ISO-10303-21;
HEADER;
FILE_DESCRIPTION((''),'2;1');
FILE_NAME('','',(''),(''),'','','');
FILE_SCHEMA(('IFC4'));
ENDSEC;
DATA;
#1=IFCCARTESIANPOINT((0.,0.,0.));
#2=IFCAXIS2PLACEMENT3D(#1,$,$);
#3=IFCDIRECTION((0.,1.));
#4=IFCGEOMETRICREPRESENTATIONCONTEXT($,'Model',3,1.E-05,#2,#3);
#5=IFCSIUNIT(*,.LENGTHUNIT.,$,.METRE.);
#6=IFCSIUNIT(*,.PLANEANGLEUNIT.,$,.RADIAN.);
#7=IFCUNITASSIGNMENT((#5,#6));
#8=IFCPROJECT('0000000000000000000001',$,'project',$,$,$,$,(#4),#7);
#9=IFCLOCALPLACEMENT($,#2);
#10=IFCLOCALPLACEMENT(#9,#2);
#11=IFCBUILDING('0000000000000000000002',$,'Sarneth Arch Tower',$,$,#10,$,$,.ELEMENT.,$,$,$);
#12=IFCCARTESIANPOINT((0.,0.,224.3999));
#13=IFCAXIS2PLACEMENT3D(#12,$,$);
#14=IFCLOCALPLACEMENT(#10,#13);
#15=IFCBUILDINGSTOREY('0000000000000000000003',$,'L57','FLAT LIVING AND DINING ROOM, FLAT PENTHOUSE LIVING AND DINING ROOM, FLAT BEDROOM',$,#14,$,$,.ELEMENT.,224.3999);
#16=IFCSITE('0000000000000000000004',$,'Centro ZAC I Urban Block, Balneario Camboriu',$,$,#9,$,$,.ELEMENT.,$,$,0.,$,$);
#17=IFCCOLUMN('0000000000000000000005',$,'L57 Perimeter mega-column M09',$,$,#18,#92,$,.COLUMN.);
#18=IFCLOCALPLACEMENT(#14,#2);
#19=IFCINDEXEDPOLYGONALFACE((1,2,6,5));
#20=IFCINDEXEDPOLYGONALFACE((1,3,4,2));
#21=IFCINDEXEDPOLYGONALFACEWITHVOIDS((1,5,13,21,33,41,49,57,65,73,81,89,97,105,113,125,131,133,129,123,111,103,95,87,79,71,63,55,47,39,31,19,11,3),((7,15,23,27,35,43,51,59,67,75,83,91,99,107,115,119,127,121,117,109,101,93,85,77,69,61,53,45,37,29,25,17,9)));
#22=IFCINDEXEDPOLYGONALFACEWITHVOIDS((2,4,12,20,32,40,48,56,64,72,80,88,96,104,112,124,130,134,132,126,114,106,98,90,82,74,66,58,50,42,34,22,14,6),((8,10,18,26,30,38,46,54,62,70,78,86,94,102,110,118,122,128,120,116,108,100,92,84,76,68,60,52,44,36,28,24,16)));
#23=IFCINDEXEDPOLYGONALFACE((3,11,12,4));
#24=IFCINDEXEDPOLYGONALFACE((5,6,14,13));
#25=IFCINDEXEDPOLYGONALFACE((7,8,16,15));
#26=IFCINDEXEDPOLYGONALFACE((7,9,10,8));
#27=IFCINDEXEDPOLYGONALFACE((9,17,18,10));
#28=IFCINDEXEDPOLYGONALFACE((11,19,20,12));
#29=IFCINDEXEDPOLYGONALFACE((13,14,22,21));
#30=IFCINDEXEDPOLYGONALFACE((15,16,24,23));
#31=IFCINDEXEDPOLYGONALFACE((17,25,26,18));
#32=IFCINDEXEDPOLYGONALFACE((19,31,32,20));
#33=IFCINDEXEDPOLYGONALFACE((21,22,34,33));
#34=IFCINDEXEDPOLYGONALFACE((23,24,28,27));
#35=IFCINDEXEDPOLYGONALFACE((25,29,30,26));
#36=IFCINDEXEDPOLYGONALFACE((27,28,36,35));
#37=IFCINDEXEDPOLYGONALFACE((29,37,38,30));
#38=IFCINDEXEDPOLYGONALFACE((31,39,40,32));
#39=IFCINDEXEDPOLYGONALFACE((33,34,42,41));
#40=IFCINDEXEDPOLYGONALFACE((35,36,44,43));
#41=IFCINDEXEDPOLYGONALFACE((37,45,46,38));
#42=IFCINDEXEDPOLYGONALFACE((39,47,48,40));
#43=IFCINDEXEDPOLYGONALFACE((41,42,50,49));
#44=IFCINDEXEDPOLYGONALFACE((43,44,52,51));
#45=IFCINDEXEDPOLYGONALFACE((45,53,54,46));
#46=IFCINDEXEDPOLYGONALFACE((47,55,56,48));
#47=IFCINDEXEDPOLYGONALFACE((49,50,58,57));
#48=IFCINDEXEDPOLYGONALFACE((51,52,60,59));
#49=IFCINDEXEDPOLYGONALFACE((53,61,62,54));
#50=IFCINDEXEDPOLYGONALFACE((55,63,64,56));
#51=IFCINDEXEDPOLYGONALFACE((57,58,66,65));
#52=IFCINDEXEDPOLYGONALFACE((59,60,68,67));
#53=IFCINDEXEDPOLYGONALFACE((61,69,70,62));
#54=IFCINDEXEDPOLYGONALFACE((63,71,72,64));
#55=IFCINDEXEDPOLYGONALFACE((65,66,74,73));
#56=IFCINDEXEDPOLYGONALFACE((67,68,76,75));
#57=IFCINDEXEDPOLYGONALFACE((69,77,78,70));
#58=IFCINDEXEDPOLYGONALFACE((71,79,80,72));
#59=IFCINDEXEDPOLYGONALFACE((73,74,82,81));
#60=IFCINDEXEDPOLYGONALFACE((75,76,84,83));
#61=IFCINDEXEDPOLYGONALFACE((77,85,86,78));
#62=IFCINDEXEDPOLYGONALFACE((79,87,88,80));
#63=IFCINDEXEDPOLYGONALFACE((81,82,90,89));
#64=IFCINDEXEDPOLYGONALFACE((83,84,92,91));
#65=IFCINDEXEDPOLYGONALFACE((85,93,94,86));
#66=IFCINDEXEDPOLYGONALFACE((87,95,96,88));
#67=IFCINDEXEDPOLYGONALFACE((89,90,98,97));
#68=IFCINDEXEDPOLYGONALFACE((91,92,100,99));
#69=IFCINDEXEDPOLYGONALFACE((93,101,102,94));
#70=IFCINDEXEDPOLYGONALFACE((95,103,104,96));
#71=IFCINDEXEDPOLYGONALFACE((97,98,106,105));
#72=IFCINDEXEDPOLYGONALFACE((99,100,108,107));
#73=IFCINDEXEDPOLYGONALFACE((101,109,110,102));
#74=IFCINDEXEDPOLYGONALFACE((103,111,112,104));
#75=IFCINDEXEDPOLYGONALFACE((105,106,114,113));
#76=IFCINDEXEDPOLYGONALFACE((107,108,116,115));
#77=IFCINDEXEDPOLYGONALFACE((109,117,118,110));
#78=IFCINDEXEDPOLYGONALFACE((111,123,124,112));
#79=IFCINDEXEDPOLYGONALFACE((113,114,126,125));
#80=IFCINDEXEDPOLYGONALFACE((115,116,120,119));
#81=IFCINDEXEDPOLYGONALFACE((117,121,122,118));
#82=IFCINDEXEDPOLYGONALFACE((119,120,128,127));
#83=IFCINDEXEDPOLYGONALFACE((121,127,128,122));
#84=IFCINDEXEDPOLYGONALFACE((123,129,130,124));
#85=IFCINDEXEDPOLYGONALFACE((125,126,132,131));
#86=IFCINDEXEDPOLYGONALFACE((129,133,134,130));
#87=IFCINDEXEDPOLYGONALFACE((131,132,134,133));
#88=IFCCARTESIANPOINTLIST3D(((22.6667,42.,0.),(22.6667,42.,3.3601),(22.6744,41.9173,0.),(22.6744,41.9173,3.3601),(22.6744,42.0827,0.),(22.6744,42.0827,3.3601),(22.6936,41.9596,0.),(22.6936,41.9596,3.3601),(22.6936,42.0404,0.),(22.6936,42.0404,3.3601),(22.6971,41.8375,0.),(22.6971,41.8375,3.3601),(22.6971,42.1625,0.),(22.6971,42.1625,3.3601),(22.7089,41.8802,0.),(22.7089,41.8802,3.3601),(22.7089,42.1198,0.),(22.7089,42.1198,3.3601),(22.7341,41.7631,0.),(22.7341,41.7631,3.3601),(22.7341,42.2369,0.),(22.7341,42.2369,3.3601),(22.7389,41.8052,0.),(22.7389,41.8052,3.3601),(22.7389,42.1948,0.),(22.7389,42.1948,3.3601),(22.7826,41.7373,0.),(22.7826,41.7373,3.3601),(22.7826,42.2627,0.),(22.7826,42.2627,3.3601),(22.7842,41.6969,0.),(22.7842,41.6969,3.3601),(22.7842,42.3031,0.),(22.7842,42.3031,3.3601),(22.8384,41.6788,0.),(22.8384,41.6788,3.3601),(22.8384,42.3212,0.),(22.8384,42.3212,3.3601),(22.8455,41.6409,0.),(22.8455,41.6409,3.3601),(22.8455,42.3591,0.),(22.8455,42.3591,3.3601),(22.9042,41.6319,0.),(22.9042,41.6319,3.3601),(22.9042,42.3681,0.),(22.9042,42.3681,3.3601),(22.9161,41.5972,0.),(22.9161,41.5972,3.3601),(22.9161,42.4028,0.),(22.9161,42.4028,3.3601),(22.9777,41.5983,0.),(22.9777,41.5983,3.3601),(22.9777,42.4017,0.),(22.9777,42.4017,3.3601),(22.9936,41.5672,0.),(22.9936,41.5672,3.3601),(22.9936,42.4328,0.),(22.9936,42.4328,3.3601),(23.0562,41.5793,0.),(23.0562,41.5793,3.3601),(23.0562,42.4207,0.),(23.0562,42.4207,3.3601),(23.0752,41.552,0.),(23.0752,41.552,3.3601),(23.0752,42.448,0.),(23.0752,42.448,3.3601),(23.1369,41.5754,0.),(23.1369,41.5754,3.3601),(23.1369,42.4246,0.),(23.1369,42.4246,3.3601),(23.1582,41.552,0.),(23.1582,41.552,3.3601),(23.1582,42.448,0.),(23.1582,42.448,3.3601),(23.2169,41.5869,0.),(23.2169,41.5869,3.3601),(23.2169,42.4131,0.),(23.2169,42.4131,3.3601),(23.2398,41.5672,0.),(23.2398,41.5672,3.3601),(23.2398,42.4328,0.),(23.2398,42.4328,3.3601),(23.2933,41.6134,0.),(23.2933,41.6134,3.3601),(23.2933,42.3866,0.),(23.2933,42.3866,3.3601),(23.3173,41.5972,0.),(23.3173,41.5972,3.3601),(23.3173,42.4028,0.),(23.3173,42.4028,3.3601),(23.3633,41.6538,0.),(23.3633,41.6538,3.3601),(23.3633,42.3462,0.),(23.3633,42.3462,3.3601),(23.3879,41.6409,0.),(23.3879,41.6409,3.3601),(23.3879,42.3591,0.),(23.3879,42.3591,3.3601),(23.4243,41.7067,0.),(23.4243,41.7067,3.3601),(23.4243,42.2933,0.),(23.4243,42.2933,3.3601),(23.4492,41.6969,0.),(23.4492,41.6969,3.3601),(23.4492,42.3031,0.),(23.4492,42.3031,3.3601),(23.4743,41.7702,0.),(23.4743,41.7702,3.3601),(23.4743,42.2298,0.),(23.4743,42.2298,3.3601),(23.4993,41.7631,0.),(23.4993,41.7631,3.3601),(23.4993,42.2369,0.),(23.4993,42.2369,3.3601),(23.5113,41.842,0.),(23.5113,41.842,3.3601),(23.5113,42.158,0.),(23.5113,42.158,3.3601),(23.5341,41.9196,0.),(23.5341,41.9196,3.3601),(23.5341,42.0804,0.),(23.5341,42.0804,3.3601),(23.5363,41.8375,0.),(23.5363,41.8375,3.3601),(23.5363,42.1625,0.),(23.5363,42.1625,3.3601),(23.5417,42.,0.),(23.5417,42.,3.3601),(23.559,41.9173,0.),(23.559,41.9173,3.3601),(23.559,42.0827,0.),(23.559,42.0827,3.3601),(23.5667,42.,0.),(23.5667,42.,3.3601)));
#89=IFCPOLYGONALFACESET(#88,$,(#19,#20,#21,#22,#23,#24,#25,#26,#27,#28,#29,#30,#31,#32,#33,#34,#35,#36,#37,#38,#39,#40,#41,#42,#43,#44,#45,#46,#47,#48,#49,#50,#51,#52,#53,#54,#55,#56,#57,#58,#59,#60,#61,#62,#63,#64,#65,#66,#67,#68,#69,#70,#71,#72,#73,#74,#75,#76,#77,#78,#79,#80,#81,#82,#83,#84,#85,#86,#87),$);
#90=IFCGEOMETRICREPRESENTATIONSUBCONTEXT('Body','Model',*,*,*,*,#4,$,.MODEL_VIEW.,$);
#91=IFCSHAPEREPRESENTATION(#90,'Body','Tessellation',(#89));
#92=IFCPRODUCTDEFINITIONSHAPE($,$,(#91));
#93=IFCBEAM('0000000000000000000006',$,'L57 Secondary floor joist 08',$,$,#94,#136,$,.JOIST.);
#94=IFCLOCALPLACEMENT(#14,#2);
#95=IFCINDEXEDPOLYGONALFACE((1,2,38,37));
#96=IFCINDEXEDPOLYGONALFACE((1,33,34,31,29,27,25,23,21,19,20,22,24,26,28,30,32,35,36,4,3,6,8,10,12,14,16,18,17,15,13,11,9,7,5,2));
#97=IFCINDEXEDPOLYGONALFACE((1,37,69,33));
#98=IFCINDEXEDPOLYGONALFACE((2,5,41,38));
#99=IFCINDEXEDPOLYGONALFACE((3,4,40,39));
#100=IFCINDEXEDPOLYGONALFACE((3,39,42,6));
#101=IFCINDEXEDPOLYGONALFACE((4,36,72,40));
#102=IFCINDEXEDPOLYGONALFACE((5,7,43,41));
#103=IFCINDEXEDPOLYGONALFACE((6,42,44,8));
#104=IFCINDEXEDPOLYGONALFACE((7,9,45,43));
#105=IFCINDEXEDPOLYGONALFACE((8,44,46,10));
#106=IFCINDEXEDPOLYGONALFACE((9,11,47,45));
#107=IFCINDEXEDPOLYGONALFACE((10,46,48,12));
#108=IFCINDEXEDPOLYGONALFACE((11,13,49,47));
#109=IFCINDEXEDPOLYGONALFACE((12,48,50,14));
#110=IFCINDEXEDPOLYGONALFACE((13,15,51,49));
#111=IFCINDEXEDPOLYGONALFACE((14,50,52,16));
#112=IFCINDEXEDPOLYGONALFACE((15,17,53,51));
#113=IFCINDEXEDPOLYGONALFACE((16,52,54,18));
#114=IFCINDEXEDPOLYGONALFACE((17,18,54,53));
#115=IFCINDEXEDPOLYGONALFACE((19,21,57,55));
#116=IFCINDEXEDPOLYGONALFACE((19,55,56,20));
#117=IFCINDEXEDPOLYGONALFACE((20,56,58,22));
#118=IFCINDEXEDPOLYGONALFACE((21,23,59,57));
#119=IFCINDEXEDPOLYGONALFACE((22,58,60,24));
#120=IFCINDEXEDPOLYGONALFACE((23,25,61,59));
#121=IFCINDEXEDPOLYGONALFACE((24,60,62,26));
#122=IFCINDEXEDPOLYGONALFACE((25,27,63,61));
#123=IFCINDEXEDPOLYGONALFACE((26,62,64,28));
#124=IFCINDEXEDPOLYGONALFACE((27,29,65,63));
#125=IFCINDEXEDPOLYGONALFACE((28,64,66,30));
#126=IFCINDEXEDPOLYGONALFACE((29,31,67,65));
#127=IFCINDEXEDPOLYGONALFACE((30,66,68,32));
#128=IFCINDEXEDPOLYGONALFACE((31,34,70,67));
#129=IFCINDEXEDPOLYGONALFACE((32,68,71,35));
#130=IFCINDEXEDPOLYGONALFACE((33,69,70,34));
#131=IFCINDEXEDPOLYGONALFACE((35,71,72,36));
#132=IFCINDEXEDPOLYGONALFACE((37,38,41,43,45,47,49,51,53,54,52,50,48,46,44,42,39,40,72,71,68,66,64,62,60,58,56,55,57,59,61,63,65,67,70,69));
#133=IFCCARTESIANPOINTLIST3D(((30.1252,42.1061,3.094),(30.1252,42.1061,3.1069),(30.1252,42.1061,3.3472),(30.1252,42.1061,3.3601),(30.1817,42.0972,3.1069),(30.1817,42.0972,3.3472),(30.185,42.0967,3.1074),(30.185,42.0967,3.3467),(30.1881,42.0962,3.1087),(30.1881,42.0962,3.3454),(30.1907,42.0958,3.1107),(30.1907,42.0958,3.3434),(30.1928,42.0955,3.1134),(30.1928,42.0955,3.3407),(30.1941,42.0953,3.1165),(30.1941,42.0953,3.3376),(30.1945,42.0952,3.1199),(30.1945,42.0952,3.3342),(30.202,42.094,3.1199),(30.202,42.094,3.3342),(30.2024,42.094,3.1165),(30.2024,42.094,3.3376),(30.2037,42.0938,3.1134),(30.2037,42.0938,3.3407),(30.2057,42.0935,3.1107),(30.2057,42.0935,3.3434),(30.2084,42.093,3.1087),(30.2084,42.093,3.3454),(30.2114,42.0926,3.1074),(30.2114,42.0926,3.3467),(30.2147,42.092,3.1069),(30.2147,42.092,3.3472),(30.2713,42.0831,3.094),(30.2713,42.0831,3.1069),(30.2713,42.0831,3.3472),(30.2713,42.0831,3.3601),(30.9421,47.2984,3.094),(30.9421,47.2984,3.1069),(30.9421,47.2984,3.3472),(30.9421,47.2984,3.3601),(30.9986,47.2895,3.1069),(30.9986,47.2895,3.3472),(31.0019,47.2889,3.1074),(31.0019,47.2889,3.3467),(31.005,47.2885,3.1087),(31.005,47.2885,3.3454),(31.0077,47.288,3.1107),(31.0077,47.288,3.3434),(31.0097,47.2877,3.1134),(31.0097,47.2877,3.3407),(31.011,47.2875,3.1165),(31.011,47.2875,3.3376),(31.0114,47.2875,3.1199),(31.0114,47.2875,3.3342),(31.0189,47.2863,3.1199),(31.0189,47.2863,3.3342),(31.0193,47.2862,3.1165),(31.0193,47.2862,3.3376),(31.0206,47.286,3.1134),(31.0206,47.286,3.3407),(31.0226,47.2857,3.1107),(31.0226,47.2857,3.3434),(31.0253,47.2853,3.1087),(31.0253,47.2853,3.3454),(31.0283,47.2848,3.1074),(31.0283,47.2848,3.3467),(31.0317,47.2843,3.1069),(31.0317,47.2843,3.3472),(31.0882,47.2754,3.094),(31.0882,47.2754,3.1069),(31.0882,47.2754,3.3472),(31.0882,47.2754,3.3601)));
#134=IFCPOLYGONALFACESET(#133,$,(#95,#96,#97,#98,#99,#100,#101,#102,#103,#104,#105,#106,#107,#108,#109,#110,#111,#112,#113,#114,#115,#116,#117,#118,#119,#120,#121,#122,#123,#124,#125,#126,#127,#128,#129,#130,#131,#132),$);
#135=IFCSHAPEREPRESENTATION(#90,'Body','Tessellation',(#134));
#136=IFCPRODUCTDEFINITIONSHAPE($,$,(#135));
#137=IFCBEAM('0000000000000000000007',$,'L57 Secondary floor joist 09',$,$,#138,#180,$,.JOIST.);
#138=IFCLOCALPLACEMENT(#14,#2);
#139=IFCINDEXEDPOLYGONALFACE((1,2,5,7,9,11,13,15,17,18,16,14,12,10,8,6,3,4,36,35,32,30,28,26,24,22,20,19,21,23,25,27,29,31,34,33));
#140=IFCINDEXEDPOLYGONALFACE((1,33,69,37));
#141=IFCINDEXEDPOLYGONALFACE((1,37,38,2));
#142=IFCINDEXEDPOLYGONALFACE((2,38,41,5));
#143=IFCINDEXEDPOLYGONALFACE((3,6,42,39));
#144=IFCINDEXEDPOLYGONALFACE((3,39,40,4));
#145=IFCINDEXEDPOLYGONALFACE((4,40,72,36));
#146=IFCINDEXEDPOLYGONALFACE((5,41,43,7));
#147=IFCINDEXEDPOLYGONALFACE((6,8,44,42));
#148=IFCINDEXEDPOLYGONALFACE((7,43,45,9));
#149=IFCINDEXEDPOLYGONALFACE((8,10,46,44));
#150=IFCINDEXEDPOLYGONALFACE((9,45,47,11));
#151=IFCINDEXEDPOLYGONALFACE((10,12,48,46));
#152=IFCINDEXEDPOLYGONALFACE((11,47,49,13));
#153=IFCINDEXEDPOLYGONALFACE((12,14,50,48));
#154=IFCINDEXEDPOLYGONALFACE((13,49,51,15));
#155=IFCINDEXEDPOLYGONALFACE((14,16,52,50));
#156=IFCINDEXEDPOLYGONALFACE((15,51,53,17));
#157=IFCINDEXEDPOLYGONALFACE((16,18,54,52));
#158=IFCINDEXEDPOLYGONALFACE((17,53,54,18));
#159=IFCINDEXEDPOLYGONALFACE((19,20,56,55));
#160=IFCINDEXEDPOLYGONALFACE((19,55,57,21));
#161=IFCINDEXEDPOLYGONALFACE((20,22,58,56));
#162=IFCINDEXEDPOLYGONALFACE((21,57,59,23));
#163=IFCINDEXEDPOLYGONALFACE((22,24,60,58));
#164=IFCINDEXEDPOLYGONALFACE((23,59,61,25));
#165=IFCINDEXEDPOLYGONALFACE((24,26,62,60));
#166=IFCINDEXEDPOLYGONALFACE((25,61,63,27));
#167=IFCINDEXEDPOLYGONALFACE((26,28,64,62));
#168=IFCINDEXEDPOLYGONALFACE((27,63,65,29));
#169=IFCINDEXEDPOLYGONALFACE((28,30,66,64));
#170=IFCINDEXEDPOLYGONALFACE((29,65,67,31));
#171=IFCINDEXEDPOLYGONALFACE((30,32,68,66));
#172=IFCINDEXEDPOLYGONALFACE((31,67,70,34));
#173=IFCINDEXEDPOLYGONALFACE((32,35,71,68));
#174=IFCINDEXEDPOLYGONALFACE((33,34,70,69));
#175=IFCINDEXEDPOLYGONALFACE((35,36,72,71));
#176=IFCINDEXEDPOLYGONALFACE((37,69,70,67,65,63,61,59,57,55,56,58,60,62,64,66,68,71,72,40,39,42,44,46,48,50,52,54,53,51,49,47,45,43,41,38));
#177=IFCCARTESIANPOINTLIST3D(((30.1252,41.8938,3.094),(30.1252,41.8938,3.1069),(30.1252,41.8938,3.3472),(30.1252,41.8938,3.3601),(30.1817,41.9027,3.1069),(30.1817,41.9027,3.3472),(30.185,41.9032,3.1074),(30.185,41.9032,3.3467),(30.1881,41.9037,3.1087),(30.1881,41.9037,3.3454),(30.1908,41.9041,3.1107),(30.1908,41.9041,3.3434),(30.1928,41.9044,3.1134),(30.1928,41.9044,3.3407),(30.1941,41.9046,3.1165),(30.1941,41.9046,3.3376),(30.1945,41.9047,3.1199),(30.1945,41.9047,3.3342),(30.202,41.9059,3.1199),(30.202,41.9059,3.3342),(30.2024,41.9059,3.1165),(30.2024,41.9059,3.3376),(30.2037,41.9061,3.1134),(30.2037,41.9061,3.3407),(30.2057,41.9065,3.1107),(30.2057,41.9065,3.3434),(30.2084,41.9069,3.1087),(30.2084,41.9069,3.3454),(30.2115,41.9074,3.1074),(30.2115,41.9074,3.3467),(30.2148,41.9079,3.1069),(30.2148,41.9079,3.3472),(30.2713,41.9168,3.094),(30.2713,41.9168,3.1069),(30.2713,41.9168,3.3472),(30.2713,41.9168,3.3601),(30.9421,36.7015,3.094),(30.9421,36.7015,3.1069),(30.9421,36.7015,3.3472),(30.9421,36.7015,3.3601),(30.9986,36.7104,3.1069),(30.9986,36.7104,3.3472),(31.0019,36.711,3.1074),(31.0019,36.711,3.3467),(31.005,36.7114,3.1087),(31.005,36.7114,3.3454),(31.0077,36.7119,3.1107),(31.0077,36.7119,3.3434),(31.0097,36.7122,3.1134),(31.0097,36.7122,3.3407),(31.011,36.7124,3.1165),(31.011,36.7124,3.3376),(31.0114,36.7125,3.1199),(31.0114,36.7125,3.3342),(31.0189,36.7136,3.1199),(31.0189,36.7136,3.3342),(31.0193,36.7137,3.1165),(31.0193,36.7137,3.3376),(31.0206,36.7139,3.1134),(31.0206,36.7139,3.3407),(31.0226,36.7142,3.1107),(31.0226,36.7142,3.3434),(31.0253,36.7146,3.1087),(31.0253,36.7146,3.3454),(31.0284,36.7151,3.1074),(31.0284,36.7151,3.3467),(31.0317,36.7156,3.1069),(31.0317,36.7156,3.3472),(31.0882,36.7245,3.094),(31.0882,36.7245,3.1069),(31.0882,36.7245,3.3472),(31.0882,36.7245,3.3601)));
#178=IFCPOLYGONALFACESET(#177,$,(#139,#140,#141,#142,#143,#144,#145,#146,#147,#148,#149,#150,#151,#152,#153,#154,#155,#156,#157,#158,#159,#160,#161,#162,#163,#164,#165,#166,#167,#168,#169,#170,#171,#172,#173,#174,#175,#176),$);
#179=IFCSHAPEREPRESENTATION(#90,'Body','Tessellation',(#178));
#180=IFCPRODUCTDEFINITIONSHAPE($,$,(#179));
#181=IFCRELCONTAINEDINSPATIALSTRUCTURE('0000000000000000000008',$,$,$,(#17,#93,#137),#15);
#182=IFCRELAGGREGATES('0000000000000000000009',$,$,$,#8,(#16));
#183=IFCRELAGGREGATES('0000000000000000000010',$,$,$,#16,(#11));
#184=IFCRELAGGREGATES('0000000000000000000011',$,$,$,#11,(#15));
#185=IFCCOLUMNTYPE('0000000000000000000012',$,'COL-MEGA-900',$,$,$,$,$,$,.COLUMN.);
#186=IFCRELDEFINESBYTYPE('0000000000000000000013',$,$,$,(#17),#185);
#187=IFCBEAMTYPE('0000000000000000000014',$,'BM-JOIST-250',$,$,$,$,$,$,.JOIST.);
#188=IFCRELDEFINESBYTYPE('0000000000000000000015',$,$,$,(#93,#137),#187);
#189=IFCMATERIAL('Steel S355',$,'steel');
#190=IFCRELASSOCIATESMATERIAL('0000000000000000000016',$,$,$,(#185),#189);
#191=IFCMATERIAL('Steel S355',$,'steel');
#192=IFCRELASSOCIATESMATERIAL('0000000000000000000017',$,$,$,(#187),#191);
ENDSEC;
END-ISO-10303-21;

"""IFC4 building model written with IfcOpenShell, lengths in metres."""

from ifc_helpers import new_model, si_unit, direction, frame, origin, origin_2d, place, context, subcontext, project, spatial, hollow_circle, i_section, extrude, material, material_profile, profile_set, type_object, element, save


model = new_model("IFC4")

# Units and contexts
model_context = context("Model", 3, precision=1e-05, world=origin(), true_north=direction((0.0, 1.0)))
body_context = subcontext(model_context, "Body", "Model", "MODEL_VIEW")
ifc_project = project(units=[si_unit("LENGTHUNIT", "METRE"), si_unit("PLANEANGLEUNIT", "RADIAN")], contexts=[model_context])

# Site, building, storey
site_placement = place(None, origin())
site = spatial("IfcSite", under=ifc_project, at=site_placement, Name="Centro ZAC I Urban Block, Balneario Camboriu", CompositionType="ELEMENT", RefElevation=0.0)
building_placement = place(site_placement, origin())
building = spatial("IfcBuilding", under=site, at=building_placement, Name="Sarneth Arch Tower", CompositionType="ELEMENT")
storey_placement = place(building_placement, frame((0.0, 0.0, 224.3999)))
storey = spatial("IfcBuildingStorey", under=building, at=storey_placement, Name="L57", Description="FLAT LIVING AND DINING ROOM, FLAT PENTHOUSE LIVING AND DINING ROOM, FLAT BEDROOM", CompositionType="ELEMENT", Elevation=224.3999)

# Column
ifc_material_1 = material(Name="Steel S355", Category="steel")
ifc_material_profile_1 = material_profile(ifc_material_1, hollow_circle(Radius=0.45, WallThickness=0.0249, at=origin_2d()), Name="CHS900x25")
ifc_profile_set_1 = profile_set([ifc_material_profile_1], Name="Steel S355")
column_type = type_object("IfcColumnType", Name="COL-MEGA-900", PredefinedType="COLUMN", material=ifc_profile_set_1)
column_placement = place(storey_placement, frame((23.1167, 42.0, 0.0), z_axis=(0.0, 0.0, 1.0), x_axis=(1.0, 0.0, 0.0)))
element("IfcColumn", 1, at=column_placement, inside=storey, type_object=column_type, Name="L57 Perimeter mega-column M09", PredefinedType="COLUMN", context=body_context, shape_type="SweptSolid", body=[
    extrude(hollow_circle(Radius=0.45, WallThickness=0.0249, at=origin_2d()), origin(), (0.0, 0.0, 1.0), 3.3601),
])

# Beams
ifc_material_2 = material(Name="Steel S355", Category="steel")
ifc_material_profile_2 = material_profile(ifc_material_2, i_section(OverallWidth=0.1479, OverallDepth=0.2661, WebThickness=0.0076, FlangeThickness=0.0129, FilletRadius=0.0129, at=origin_2d()), Name="W250x44.8")
ifc_profile_set_2 = profile_set([ifc_material_profile_2], Name="Steel S355")
beam_type_1 = type_object("IfcBeamType", Name="BM-JOIST-250", PredefinedType="JOIST", material=ifc_profile_set_2)
for number, where, z_axis, x_axis, name in (
    (2, (31.0151, 47.2869, 3.2271), (-0.155421, -0.987848, 0.0), (0.987848, -0.155421, 0.0), "L57 Secondary floor joist 08"),
    (3, (30.1982, 41.9053, 3.2271), (0.155421, -0.987848, 0.0), (0.987848, 0.155421, 0.0), "L57 Secondary floor joist 09"),
):
    element("IfcBeam", number, at=place(storey_placement, frame(where, z_axis=z_axis, x_axis=x_axis)), inside=storey, type_object=beam_type_1, Name=name, PredefinedType="JOIST", context=body_context, shape_type="SweptSolid", body=[
        extrude(i_section(OverallWidth=0.1479, OverallDepth=0.2661, WebThickness=0.0076, FlangeThickness=0.0129, FilletRadius=0.0129, at=origin_2d()), origin(), (0.0, 0.0, 1.0), 5.2561),
    ])

save(model, "model.ifc")
